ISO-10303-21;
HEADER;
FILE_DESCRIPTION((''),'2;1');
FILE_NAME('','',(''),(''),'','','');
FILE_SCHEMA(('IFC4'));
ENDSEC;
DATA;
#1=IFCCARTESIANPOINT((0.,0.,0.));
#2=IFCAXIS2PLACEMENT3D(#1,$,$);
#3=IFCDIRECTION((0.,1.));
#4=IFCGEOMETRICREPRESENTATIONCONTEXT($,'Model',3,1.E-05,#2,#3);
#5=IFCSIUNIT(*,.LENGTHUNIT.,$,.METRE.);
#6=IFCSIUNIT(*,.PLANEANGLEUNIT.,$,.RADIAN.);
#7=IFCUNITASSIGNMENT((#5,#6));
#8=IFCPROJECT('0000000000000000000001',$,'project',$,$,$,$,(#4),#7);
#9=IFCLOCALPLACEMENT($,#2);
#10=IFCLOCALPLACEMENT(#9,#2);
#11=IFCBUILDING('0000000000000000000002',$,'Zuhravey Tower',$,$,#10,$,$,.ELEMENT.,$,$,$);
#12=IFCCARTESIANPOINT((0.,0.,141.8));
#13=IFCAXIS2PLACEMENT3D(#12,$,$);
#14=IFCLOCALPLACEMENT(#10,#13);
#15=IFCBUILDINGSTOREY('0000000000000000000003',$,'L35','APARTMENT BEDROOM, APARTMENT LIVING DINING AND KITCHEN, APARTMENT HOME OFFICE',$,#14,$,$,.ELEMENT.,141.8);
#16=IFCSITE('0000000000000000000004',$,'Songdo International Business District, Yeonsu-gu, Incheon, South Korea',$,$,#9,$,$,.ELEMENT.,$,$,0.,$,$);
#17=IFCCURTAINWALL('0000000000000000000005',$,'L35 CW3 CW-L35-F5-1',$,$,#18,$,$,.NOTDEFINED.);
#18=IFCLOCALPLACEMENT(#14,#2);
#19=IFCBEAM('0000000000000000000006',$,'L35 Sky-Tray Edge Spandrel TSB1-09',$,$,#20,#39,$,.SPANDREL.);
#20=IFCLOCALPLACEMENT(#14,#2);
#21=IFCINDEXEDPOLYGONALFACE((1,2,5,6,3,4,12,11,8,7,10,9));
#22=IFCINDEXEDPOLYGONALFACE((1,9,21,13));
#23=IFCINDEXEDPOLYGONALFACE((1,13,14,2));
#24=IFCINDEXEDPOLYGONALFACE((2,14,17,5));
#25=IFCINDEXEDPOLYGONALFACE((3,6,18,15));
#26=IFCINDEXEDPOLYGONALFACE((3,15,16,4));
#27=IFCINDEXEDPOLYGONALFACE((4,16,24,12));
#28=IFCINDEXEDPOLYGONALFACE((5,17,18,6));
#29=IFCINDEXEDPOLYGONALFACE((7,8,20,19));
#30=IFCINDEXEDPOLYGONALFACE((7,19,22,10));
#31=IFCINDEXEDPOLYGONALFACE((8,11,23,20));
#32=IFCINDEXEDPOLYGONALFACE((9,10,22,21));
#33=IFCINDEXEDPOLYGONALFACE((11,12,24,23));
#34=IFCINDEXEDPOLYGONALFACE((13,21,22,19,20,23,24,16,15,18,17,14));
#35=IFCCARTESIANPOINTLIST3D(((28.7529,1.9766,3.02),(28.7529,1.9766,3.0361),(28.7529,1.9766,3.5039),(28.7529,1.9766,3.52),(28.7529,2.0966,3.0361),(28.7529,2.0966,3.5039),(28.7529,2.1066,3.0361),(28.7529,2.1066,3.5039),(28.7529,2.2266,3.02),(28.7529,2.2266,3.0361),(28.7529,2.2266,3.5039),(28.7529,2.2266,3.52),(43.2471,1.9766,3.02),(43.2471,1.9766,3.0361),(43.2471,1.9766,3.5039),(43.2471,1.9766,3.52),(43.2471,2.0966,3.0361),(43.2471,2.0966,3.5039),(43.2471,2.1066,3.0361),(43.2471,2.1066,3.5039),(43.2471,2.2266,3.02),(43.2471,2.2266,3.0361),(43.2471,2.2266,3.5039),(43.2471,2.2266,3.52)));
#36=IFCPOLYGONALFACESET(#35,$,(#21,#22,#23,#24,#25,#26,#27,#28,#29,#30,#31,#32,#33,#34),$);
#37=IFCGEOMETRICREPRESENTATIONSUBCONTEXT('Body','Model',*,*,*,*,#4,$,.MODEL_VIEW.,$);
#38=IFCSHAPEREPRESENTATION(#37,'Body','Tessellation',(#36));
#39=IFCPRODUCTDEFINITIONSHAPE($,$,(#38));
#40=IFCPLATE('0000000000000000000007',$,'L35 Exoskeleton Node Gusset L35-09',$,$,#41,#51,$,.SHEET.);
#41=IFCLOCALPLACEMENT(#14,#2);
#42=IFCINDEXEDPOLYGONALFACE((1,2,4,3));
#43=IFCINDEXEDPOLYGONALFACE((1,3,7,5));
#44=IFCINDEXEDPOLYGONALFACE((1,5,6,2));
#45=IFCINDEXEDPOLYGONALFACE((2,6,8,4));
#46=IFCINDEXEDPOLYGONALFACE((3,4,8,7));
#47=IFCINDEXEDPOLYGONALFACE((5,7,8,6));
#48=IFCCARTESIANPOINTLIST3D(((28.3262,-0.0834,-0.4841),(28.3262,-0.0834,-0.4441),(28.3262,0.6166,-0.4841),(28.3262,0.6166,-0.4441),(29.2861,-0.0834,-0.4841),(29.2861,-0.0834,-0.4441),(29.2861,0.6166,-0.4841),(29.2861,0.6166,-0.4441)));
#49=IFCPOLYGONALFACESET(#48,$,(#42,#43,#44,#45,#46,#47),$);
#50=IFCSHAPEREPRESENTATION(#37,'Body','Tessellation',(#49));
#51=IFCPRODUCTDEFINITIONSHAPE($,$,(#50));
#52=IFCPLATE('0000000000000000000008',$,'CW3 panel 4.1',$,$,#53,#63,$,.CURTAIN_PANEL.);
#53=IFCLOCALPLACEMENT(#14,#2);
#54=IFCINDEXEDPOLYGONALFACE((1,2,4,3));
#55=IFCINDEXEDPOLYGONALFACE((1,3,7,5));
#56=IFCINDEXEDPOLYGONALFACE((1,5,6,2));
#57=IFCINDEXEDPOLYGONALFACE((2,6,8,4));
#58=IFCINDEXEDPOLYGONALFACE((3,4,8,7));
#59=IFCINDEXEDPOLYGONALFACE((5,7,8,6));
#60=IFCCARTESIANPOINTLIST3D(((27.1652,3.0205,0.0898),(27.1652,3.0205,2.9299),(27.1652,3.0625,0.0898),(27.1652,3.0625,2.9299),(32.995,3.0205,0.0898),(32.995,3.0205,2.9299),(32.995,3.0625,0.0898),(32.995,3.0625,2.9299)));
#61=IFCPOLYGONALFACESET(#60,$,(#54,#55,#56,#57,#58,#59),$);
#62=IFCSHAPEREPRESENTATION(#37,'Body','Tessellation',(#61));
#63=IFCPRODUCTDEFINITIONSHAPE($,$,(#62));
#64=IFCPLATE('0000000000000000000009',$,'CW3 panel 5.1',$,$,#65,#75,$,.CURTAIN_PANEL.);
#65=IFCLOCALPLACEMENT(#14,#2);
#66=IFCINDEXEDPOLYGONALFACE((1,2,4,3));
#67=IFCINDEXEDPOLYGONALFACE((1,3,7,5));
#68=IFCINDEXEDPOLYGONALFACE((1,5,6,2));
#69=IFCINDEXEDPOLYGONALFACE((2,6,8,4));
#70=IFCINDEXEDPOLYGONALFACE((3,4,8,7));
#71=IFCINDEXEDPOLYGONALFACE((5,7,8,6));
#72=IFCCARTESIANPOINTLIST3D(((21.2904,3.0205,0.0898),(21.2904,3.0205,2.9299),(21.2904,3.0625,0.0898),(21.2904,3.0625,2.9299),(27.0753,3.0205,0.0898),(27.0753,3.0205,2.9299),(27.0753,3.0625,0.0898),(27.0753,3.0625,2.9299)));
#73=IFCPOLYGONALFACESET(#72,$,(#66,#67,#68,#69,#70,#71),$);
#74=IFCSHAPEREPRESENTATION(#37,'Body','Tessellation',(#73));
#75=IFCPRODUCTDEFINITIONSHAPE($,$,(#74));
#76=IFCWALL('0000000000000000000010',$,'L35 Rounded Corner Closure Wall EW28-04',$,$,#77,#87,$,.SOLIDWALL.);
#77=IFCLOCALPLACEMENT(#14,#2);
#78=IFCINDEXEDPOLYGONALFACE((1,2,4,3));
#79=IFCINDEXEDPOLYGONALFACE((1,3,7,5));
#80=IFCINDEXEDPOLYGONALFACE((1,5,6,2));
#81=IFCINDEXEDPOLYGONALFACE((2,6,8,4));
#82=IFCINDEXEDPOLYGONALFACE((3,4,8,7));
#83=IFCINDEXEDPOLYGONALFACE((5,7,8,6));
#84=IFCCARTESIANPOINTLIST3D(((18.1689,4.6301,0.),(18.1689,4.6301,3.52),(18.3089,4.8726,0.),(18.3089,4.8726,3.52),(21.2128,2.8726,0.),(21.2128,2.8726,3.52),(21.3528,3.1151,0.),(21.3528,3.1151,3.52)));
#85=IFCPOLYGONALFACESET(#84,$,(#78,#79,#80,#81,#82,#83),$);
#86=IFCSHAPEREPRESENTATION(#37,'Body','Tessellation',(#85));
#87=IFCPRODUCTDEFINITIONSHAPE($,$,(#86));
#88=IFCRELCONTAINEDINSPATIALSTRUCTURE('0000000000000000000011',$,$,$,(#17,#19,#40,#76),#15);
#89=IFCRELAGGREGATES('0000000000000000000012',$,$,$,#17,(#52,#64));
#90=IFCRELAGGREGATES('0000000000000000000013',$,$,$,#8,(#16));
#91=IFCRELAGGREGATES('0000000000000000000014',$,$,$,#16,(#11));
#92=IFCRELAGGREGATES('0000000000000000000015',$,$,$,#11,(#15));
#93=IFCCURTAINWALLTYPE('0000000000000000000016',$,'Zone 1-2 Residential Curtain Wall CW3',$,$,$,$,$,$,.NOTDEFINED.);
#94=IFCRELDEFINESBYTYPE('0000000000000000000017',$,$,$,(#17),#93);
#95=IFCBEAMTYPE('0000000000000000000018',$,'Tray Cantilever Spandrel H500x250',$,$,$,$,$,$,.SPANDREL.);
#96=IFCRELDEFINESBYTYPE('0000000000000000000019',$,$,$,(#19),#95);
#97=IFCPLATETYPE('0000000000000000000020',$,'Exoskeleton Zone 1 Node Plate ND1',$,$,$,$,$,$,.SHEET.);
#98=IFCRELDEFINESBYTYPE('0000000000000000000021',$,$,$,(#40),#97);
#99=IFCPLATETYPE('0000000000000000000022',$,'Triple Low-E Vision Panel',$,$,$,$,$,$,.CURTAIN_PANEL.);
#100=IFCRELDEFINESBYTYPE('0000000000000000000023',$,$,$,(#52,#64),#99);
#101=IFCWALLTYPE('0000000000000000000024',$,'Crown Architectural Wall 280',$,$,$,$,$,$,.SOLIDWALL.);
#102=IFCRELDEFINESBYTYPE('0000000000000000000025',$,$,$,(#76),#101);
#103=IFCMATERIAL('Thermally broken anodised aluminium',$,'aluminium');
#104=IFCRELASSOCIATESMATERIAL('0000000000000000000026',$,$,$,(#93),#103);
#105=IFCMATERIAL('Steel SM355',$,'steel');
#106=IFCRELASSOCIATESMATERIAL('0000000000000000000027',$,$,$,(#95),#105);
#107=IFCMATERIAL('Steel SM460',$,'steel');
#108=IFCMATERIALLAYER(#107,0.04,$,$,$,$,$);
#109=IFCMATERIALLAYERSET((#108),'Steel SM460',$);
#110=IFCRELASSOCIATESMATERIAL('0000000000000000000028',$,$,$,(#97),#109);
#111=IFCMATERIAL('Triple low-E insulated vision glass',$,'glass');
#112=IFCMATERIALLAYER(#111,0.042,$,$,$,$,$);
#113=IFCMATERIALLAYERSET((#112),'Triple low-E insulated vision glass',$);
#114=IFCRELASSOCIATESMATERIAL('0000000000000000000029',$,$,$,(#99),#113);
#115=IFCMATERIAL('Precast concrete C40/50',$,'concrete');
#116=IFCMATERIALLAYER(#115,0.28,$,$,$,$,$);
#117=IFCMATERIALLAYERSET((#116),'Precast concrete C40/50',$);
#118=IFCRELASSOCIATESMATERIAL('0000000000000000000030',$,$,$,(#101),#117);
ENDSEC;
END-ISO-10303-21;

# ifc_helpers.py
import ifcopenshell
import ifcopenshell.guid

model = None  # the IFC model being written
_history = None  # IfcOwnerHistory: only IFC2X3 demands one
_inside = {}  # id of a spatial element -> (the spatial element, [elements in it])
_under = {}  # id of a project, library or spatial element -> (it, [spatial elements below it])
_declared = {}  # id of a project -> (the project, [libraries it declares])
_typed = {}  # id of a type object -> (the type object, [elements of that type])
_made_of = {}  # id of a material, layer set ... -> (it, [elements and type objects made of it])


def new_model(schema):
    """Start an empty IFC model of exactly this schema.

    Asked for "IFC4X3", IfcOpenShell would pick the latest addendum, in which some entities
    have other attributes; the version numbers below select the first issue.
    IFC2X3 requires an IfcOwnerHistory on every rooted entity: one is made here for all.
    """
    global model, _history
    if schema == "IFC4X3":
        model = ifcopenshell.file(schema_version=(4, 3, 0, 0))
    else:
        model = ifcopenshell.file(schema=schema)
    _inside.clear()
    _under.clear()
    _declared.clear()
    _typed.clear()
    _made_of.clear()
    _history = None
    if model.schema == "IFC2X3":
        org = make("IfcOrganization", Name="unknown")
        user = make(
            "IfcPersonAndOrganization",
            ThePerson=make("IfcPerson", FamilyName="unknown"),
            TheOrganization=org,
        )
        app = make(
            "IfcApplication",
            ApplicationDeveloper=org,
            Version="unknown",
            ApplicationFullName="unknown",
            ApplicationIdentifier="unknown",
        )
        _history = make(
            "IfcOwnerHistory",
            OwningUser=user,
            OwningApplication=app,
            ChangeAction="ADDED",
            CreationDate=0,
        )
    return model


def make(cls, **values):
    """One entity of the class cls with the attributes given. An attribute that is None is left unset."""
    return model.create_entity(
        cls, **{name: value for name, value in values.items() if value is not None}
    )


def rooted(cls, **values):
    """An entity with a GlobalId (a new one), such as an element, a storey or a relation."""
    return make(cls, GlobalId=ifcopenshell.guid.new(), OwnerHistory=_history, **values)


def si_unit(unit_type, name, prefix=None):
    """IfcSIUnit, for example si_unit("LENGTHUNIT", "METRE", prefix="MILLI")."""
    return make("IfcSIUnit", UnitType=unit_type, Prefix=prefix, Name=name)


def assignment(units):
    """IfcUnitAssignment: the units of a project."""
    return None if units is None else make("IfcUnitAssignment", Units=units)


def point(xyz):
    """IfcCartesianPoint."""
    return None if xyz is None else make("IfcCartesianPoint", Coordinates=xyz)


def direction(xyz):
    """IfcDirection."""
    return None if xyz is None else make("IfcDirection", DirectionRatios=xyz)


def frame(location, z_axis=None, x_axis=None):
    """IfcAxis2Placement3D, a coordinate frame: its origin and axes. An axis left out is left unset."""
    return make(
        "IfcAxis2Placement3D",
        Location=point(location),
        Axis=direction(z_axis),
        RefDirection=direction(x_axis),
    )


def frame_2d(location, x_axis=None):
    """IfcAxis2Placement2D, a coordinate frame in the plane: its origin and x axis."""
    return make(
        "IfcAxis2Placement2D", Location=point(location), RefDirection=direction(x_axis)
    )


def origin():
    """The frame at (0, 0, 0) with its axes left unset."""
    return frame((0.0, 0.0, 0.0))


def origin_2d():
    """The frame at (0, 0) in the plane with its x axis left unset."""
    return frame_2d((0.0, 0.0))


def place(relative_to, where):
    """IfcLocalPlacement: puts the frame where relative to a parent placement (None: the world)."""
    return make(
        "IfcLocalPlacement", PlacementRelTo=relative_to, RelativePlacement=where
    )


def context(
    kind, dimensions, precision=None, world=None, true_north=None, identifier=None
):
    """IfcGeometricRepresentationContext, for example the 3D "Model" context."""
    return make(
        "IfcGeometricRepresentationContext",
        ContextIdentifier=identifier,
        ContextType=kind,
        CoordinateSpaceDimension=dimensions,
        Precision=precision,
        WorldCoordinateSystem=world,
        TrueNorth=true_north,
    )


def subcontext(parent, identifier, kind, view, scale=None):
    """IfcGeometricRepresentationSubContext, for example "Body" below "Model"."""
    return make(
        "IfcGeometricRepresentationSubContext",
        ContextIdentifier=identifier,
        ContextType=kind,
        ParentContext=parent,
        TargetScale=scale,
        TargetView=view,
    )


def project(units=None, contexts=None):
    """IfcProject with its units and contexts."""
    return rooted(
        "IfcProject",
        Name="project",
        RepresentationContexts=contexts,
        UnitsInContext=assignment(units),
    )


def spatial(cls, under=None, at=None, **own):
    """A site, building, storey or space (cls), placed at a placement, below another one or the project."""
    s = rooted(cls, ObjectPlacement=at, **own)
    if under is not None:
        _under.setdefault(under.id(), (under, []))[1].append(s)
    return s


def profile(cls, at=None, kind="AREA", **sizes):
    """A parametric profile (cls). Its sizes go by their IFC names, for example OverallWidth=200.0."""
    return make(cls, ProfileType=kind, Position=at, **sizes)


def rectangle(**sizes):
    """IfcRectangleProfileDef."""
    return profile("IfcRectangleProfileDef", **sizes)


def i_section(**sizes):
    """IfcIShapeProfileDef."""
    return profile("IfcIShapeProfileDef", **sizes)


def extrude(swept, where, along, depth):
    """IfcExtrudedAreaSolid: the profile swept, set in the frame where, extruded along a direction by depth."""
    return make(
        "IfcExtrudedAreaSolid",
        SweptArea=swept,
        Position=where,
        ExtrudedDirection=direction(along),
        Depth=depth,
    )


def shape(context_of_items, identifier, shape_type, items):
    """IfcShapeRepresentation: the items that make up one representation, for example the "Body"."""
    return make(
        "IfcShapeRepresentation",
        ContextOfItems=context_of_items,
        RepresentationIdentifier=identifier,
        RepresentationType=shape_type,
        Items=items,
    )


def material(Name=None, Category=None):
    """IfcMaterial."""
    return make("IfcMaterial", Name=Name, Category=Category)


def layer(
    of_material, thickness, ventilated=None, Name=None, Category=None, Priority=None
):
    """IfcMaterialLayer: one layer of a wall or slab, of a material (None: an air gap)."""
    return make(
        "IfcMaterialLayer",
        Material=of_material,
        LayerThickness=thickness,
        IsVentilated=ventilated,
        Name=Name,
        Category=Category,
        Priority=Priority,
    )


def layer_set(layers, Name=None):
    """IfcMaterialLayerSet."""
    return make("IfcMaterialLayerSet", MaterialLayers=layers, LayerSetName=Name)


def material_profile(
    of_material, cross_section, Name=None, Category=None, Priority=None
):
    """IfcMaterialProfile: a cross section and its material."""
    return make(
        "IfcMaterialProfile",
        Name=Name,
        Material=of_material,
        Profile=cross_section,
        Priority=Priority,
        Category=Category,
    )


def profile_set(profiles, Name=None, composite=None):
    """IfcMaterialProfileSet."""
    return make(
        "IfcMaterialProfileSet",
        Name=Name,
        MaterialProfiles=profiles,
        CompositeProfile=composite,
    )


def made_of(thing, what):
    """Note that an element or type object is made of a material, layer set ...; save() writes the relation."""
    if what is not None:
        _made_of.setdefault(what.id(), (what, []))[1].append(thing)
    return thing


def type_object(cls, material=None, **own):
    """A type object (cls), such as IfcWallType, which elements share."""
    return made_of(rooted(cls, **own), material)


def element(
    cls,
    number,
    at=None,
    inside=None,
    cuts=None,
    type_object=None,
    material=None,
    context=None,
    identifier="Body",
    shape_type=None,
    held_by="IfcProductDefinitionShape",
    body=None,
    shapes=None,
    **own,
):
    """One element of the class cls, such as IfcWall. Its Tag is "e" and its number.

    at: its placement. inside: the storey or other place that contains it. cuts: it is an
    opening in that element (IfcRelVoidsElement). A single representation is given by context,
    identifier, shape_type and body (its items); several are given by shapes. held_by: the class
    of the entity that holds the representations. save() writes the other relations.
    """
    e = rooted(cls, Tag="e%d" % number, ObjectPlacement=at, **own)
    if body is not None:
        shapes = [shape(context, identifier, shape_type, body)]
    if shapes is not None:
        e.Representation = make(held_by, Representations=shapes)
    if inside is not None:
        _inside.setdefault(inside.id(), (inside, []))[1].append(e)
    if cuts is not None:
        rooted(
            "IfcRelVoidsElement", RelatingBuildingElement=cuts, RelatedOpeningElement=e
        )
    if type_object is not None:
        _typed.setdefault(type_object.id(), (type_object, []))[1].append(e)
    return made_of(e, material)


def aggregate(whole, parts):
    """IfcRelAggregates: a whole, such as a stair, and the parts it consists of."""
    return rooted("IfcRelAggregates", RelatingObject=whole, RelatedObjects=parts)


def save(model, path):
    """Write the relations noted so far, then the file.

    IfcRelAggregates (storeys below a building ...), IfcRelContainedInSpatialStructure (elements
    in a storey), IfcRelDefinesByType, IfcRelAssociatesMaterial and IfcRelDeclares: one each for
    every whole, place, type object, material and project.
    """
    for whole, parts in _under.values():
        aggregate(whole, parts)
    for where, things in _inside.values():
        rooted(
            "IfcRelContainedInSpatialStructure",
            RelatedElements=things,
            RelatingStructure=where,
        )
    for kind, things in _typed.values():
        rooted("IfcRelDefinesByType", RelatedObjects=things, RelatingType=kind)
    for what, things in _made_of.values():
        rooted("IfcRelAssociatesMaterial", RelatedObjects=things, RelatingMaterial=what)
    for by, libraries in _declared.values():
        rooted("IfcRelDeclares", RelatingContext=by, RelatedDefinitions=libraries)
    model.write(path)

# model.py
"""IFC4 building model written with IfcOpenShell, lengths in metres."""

from ifc_helpers import new_model, si_unit, direction, frame, frame_2d, origin, origin_2d, place, context, subcontext, project, spatial, rectangle, i_section, extrude, material, layer, layer_set, material_profile, profile_set, type_object, element, aggregate, save


model = new_model("IFC4")

# Units and contexts
model_context = context("Model", 3, precision=1e-05, world=origin(), true_north=direction((0.0, 1.0)))
body_context = subcontext(model_context, "Body", "Model", "MODEL_VIEW")
ifc_project = project(units=[si_unit("LENGTHUNIT", "METRE"), si_unit("PLANEANGLEUNIT", "RADIAN")], contexts=[model_context])

# Site, building, storey
site_placement = place(None, origin())
site = spatial("IfcSite", under=ifc_project, at=site_placement, Name="Songdo International Business District, Yeonsu-gu, Incheon, South Korea", CompositionType="ELEMENT", RefElevation=0.0)
building_placement = place(site_placement, origin())
building = spatial("IfcBuilding", under=site, at=building_placement, Name="Zuhravey Tower", CompositionType="ELEMENT")
storey_placement = place(building_placement, frame((0.0, 0.0, 141.8)))
storey = spatial("IfcBuildingStorey", under=building, at=storey_placement, Name="L35", Description="APARTMENT BEDROOM, APARTMENT LIVING DINING AND KITCHEN, APARTMENT HOME OFFICE", CompositionType="ELEMENT", Elevation=141.8)

# Curtain wall
ifc_material_1 = material(Name="Thermally broken anodised aluminium", Category="aluminium")
curtain_wall_type = type_object("IfcCurtainWallType", Name="Zone 1-2 Residential Curtain Wall CW3", PredefinedType="NOTDEFINED", material=ifc_material_1)
curtain_wall_placement = place(storey_placement, origin())
curtain_wall = element("IfcCurtainWall", 1, at=curtain_wall_placement, inside=storey, type_object=curtain_wall_type, Name="L35 CW3 CW-L35-F5-1", PredefinedType="NOTDEFINED")

# Shared definitions
ifc_material_2 = material(Name="Steel SM355", Category="steel")

# Beam
ifc_material_profile_1 = material_profile(ifc_material_2, i_section(OverallWidth=0.25, OverallDepth=0.5, WebThickness=0.01, FlangeThickness=0.0161, at=origin_2d()), Name="H-500x250x10x16")
ifc_profile_set_1 = profile_set([ifc_material_profile_1], Name="Steel SM355")
beam_type = type_object("IfcBeamType", Name="Tray Cantilever Spandrel H500x250", PredefinedType="SPANDREL", material=ifc_profile_set_1)
beam_placement = place(storey_placement, frame((28.7529, 2.1016, 3.27), z_axis=(1.0, 0.0, 0.0), x_axis=(0.0, 1.0, 0.0)))
element("IfcBeam", 2, at=beam_placement, inside=storey, type_object=beam_type, Name="L35 Sky-Tray Edge Spandrel TSB1-09", PredefinedType="SPANDREL", context=body_context, shape_type="SweptSolid", body=[
    extrude(i_section(OverallWidth=0.25, OverallDepth=0.5, WebThickness=0.01, FlangeThickness=0.0161, at=origin_2d()), origin(), (0.0, 0.0, 1.0), 14.4941),
])

# Plates
ifc_material_3 = material(Name="Steel SM460", Category="steel")
ifc_layer_1 = layer(ifc_material_3, 0.04)
ifc_layer_set_1 = layer_set([ifc_layer_1], Name="Steel SM460")
plate_type_1 = type_object("IfcPlateType", Name="Exoskeleton Zone 1 Node Plate ND1", PredefinedType="SHEET", material=ifc_layer_set_1)
plate_1_placement = place(storey_placement, frame((28.8062, 0.2666, -0.4841), z_axis=(0.0, 0.0, 1.0), x_axis=(1.0, 0.0, 0.0)))
element("IfcPlate", 3, at=plate_1_placement, inside=storey, type_object=plate_type_1, Name="L35 Exoskeleton Node Gusset L35-09", PredefinedType="SHEET", context=body_context, shape_type="SweptSolid", body=[
    extrude(rectangle(XDim=0.96, YDim=0.7, at=origin_2d()), origin(), (0.0, 0.0, 1.0), 0.04),
])
ifc_material_4 = material(Name="Triple low-E insulated vision glass", Category="glass")
ifc_layer_2 = layer(ifc_material_4, 0.042)
ifc_layer_set_2 = layer_set([ifc_layer_2], Name="Triple low-E insulated vision glass")
plate_type_2 = type_object("IfcPlateType", Name="Triple Low-E Vision Panel", PredefinedType="CURTAIN_PANEL", material=ifc_layer_set_2)
plate_2_placement = place(storey_placement, frame((30.0801, 3.0415, 0.0898), z_axis=(0.0, 0.0, 1.0), x_axis=(-1.0, 0.0, 0.0)))
plate_2 = element("IfcPlate", 4, at=plate_2_placement, type_object=plate_type_2, Name="CW3 panel 4.1", PredefinedType="CURTAIN_PANEL", context=body_context, shape_type="SweptSolid", body=[
    extrude(rectangle(XDim=5.8298, YDim=0.042, at=origin_2d()), origin(), (0.0, 0.0, 1.0), 2.8401),
])
plate_3_placement = place(storey_placement, frame((24.1829, 3.0415, 0.0898), z_axis=(0.0, 0.0, 1.0), x_axis=(-1.0, 0.0, 0.0)))
plate_3 = element("IfcPlate", 5, at=plate_3_placement, type_object=plate_type_2, Name="CW3 panel 5.1", PredefinedType="CURTAIN_PANEL", context=body_context, shape_type="SweptSolid", body=[
    extrude(rectangle(XDim=5.7849, YDim=0.042, at=origin_2d()), origin(), (0.0, 0.0, 1.0), 2.8401),
])
aggregate(curtain_wall, [plate_2, plate_3])

# Wall
ifc_material_5 = material(Name="Precast concrete C40/50", Category="concrete")
ifc_layer_3 = layer(ifc_material_5, 0.28)
ifc_layer_set_3 = layer_set([ifc_layer_3], Name="Precast concrete C40/50")
wall_type = type_object("IfcWallType", Name="Crown Architectural Wall 280", PredefinedType="SOLIDWALL", material=ifc_layer_set_3)
wall_placement = place(storey_placement, frame((21.2827, 2.9939, 0.0), z_axis=(0.0, 0.0, 1.0), x_axis=(-0.866007, 0.500031, 0.0)))
element("IfcWall", 6, at=wall_placement, inside=storey, type_object=wall_type, Name="L35 Rounded Corner Closure Wall EW28-04", PredefinedType="SOLIDWALL", context=body_context, shape_type="SweptSolid", body=[
    extrude(rectangle(XDim=3.5149, YDim=0.28, at=frame_2d((1.7573, 0.0))), origin(), (0.0, 0.0, 1.0), 3.52),
])

save(model, "model.ifc")
